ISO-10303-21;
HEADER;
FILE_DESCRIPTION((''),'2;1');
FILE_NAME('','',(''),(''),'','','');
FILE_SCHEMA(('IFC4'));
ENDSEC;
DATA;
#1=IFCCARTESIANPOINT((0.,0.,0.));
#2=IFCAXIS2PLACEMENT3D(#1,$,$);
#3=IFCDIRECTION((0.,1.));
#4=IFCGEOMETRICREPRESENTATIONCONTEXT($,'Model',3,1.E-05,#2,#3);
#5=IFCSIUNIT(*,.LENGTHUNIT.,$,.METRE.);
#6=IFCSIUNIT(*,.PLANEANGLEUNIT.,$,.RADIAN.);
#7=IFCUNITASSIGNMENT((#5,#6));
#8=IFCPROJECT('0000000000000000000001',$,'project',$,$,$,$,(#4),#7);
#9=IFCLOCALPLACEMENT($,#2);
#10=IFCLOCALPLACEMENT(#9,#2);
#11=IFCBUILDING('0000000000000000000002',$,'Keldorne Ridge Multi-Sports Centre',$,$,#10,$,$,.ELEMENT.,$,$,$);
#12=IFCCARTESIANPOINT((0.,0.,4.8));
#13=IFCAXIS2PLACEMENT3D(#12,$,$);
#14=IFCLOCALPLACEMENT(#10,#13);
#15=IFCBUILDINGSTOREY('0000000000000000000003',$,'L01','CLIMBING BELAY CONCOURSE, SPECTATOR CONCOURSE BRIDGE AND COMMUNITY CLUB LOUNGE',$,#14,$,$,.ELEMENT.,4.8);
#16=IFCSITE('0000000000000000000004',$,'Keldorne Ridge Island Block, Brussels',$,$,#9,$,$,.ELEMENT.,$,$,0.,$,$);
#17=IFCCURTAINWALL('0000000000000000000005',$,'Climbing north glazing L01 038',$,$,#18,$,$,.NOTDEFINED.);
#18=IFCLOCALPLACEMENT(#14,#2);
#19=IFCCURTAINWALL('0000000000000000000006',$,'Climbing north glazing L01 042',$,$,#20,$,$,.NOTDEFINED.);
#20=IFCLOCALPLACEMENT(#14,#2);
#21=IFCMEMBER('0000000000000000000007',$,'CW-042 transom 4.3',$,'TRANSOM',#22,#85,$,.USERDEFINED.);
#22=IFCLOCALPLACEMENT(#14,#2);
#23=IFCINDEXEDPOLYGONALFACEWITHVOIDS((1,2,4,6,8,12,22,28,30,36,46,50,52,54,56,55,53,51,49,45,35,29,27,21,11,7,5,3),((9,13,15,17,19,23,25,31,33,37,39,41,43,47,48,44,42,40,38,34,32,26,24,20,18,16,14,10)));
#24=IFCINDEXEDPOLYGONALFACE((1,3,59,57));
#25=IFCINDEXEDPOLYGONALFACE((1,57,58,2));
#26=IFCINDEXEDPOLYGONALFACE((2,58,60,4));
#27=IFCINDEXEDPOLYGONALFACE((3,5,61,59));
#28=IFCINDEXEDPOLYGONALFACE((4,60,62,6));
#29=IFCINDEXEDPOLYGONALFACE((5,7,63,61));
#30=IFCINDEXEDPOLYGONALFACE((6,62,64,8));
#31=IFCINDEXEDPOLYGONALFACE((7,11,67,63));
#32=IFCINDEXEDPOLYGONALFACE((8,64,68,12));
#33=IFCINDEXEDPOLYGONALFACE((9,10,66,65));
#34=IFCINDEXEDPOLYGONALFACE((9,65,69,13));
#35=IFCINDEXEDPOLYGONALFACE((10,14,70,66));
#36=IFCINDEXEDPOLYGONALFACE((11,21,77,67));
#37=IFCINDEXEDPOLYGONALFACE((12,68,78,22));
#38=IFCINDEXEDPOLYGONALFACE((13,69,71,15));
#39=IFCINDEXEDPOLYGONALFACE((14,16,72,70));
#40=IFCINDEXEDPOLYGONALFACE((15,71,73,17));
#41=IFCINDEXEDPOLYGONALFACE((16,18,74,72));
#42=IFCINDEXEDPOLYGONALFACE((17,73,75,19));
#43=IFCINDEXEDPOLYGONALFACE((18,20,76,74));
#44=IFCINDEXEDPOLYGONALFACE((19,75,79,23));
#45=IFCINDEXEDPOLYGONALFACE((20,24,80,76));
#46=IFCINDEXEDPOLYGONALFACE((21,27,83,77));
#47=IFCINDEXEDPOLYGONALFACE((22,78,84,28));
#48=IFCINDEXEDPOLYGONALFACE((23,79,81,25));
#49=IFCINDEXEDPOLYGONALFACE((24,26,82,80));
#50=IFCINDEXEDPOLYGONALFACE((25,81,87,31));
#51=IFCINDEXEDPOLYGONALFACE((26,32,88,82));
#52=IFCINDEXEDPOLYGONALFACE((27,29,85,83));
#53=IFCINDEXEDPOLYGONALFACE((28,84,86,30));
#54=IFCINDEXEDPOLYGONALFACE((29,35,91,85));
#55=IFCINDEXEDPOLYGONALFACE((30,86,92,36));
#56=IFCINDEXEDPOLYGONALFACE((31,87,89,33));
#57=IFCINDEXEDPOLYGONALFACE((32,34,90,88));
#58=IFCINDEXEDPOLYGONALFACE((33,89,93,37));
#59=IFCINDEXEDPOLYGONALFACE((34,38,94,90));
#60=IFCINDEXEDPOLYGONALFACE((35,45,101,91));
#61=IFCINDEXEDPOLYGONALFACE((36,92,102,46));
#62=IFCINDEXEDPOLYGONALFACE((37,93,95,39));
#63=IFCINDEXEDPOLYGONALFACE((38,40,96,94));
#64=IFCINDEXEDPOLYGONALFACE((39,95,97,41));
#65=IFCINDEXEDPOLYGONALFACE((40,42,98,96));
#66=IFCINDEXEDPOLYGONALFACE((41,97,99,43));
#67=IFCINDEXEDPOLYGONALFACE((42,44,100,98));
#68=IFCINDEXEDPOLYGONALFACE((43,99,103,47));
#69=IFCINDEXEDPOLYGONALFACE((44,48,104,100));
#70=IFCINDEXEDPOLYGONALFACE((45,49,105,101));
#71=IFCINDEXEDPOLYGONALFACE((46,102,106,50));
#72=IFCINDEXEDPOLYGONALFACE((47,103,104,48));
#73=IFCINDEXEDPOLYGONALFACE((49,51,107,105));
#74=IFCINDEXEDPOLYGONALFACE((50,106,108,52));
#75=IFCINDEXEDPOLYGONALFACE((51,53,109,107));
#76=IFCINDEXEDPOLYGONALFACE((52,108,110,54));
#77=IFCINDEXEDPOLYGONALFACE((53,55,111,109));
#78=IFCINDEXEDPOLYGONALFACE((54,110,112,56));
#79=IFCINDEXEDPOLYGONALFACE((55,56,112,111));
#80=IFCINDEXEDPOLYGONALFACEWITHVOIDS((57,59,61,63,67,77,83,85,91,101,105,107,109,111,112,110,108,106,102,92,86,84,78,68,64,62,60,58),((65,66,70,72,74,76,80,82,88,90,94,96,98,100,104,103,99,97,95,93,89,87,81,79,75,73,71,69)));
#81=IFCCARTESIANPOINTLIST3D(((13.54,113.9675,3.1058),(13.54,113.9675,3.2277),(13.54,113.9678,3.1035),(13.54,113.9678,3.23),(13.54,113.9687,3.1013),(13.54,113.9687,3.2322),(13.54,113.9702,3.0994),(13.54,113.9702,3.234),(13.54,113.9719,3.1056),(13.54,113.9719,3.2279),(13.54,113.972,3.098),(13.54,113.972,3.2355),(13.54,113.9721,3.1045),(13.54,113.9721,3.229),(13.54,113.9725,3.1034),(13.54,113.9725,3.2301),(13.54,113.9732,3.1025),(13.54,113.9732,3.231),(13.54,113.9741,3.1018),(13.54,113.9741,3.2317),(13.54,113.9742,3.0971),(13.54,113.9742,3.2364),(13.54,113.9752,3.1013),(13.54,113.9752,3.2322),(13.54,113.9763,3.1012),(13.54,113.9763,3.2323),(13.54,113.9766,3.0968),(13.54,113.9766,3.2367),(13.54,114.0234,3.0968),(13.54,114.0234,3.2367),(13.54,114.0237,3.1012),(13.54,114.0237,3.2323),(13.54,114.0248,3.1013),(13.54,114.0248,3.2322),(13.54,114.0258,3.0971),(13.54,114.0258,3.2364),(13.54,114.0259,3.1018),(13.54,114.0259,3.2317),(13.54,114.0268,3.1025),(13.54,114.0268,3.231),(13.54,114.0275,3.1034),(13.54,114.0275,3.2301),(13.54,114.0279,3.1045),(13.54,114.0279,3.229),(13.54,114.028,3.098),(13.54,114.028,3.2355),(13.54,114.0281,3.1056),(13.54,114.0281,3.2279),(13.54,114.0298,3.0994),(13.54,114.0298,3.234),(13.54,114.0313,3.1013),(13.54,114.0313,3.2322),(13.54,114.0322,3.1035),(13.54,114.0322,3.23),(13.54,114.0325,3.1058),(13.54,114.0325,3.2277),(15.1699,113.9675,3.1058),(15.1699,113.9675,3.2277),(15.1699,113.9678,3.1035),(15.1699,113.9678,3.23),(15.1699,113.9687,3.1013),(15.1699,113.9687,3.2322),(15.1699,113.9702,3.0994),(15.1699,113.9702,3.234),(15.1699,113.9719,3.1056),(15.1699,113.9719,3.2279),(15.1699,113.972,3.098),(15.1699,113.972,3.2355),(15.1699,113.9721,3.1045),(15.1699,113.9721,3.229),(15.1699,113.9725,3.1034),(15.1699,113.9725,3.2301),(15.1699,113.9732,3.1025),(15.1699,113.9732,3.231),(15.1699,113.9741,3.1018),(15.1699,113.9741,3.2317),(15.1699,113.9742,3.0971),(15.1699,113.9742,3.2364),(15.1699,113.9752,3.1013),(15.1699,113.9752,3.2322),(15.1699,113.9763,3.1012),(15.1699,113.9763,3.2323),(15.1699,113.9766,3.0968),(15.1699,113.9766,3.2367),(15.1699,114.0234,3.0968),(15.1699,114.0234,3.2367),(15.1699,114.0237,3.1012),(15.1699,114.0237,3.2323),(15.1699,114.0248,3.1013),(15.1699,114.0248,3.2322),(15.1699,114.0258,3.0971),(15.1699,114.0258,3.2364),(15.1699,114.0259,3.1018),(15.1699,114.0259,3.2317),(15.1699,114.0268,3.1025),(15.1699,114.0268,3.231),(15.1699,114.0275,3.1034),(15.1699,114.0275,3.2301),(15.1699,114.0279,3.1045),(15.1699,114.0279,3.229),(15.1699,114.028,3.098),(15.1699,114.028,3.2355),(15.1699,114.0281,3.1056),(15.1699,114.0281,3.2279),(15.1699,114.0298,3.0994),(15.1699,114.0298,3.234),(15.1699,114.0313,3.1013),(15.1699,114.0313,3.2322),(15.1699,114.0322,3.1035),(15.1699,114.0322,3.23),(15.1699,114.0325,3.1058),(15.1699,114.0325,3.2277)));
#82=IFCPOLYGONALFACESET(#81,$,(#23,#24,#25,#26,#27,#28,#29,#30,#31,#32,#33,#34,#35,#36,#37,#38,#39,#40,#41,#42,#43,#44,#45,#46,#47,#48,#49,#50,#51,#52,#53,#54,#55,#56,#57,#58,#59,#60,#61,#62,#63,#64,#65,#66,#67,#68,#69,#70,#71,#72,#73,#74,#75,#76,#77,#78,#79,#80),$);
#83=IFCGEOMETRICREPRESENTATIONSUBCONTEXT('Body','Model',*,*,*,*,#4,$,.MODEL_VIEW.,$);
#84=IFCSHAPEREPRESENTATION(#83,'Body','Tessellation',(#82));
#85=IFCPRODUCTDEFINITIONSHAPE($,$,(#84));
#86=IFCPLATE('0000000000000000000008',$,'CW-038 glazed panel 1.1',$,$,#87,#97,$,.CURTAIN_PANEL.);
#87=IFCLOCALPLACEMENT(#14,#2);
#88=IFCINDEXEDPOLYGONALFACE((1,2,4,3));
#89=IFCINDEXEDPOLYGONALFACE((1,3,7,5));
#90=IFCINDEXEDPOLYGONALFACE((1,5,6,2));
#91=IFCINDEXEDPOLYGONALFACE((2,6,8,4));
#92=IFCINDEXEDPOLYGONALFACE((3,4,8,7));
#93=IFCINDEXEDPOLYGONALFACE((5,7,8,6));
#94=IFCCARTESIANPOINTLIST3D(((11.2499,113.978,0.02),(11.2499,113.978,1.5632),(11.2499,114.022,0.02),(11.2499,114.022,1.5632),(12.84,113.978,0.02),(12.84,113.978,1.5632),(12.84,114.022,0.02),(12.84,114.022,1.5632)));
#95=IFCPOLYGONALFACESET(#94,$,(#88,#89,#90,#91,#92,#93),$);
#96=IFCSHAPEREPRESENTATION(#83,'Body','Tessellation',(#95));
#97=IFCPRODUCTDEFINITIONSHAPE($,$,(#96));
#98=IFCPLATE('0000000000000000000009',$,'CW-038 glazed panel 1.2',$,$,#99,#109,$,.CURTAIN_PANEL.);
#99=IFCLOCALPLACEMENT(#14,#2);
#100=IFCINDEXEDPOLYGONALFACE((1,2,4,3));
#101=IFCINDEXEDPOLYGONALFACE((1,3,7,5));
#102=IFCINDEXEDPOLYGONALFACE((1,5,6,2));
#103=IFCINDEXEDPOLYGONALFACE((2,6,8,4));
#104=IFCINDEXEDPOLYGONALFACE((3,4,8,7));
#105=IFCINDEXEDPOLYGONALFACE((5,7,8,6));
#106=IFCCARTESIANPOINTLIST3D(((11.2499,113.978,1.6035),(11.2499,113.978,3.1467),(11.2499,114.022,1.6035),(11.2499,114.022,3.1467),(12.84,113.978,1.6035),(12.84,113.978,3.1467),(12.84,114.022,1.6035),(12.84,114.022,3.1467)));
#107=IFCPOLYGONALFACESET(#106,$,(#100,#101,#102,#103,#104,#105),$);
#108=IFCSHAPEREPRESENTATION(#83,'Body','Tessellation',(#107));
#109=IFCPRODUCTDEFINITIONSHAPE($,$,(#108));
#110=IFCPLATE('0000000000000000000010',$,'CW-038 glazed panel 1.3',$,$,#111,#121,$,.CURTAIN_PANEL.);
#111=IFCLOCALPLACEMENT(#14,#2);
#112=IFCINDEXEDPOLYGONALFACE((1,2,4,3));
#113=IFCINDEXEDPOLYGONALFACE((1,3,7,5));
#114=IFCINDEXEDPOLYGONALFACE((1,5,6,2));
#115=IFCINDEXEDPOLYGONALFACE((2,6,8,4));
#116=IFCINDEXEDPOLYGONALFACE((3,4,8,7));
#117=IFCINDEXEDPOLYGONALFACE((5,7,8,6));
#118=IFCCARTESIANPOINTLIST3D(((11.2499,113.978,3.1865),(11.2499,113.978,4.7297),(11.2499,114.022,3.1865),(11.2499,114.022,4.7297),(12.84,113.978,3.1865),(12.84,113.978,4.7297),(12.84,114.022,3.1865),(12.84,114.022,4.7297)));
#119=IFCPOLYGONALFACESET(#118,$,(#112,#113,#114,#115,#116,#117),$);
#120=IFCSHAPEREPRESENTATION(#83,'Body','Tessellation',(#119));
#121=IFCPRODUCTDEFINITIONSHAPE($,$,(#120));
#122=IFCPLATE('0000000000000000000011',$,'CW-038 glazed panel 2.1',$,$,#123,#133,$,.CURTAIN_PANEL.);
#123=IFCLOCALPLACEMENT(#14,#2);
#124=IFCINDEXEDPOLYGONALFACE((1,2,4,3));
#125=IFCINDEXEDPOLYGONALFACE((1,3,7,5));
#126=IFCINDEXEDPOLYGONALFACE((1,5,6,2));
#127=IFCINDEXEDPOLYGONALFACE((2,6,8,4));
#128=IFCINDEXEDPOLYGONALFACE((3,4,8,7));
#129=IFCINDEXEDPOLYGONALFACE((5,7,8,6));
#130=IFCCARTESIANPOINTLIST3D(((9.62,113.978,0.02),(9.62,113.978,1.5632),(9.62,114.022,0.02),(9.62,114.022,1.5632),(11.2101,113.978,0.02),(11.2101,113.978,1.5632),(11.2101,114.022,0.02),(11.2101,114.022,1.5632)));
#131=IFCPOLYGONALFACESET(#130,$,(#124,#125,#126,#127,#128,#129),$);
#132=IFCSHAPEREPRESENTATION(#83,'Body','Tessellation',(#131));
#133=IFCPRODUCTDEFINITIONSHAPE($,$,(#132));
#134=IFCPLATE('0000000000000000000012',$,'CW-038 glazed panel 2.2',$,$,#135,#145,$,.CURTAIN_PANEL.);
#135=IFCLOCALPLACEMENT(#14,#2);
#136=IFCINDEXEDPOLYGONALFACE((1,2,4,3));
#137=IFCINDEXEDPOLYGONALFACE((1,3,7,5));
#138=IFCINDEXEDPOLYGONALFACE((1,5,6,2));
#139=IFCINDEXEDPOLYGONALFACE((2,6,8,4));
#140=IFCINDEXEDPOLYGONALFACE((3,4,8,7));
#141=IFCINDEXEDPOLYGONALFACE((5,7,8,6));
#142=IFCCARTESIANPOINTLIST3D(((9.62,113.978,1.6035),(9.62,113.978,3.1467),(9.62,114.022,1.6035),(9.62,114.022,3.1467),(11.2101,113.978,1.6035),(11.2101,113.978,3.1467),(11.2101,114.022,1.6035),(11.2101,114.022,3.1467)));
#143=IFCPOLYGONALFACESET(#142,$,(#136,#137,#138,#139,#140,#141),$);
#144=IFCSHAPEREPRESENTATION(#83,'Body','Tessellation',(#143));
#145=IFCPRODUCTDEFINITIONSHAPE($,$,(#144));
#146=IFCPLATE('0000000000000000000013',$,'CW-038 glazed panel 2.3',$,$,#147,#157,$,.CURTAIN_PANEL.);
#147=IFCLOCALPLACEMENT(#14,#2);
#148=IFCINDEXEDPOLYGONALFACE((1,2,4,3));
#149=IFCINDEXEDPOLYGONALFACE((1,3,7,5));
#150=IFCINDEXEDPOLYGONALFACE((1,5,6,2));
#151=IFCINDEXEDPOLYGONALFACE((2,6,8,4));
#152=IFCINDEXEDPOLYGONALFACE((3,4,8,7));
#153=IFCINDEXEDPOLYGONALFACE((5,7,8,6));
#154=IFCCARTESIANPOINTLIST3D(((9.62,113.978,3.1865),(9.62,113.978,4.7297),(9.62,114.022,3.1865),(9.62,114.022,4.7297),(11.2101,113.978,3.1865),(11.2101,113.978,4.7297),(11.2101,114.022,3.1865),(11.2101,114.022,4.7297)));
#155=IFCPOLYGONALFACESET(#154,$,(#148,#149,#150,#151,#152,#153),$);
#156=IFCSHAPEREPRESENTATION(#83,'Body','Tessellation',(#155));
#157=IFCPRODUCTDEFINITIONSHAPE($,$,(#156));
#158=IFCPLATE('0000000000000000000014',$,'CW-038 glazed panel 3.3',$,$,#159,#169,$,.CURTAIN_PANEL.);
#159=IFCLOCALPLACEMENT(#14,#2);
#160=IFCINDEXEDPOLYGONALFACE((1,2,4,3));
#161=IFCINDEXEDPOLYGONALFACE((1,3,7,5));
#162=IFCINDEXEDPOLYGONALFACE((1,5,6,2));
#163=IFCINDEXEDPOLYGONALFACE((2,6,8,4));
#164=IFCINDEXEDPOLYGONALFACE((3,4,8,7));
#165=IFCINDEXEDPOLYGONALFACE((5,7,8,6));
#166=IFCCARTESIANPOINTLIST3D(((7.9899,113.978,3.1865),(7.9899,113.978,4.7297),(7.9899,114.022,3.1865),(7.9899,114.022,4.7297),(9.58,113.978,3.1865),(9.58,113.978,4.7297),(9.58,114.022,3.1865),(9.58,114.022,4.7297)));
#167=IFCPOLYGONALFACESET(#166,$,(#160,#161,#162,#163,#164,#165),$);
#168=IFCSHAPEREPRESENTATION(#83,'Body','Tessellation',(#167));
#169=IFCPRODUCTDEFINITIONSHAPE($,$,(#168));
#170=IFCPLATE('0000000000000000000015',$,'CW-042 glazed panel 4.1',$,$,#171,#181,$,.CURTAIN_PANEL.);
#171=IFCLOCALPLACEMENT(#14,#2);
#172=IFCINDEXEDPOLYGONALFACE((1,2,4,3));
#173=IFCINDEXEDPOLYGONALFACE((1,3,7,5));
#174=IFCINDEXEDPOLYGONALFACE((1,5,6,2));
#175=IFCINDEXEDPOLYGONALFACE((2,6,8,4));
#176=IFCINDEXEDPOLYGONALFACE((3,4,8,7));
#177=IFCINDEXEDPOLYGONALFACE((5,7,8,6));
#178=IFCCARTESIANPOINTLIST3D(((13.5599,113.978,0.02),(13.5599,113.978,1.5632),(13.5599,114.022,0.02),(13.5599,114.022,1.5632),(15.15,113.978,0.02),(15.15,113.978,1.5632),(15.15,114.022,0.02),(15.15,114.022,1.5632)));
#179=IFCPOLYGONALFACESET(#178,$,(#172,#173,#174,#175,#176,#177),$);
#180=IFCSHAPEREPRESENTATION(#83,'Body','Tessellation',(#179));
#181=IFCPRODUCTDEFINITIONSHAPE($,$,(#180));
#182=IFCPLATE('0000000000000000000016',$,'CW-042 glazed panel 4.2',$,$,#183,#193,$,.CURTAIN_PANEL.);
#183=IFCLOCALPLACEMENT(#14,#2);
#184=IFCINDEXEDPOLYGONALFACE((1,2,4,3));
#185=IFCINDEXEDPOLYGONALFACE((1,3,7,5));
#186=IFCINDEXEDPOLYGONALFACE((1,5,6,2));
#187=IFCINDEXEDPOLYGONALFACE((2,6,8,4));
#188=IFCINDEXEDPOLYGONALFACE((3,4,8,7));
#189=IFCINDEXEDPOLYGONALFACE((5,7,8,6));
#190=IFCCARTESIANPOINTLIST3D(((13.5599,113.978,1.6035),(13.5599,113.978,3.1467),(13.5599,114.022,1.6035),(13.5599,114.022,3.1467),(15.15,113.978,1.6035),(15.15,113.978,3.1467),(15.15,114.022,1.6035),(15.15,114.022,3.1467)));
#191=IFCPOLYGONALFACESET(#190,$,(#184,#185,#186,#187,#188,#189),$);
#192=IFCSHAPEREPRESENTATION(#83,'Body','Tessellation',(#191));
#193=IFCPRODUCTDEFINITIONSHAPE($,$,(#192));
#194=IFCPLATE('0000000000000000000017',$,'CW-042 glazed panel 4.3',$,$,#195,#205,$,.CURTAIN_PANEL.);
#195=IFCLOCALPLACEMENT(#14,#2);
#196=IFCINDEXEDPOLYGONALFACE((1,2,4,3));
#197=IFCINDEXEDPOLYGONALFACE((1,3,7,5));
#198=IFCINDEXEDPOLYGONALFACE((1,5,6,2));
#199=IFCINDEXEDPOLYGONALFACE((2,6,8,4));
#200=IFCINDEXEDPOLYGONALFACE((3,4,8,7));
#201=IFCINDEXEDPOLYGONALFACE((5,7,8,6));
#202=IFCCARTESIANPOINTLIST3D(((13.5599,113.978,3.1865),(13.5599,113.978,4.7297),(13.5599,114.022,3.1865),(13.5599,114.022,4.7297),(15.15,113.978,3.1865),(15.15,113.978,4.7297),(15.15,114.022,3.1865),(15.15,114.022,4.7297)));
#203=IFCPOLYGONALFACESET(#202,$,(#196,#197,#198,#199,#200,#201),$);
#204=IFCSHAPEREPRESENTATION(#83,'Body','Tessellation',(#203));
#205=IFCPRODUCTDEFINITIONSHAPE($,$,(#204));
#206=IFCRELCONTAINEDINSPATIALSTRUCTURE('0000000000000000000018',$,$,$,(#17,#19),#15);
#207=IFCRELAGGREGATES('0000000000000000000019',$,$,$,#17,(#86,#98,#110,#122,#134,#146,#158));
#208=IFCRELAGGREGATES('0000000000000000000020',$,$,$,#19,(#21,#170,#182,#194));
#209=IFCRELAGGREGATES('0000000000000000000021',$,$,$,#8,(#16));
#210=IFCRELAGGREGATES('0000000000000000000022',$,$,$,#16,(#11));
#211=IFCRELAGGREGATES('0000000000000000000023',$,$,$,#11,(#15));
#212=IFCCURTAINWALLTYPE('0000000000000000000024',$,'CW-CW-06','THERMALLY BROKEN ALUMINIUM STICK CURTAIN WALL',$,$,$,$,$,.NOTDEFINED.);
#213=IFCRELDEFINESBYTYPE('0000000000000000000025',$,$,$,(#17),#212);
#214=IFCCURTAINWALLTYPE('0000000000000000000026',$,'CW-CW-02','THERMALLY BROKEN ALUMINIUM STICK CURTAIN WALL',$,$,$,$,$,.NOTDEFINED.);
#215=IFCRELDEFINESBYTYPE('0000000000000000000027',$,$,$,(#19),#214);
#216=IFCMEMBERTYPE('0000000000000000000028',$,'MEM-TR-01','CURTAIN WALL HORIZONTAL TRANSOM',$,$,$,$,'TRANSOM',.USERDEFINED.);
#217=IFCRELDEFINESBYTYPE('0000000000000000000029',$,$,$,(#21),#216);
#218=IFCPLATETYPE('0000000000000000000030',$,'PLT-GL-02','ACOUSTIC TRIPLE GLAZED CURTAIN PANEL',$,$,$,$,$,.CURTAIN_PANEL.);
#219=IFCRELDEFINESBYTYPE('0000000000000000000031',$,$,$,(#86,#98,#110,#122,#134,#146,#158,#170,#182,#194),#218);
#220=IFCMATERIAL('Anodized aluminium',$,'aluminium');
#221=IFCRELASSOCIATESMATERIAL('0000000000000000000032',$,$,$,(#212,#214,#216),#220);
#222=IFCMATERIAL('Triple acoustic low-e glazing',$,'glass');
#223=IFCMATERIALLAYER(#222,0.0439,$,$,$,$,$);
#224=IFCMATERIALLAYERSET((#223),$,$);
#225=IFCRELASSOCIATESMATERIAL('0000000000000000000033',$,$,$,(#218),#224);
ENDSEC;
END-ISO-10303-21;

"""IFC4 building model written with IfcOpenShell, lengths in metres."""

from ifc_helpers import new_model, si_unit, direction, frame, origin, origin_2d, place, context, subcontext, project, spatial, rectangle, hollow_rectangle, extrude, material, layer, layer_set, material_profile, profile_set, type_object, element, aggregate, save


model = new_model("IFC4")

# Units and contexts
model_context = context("Model", 3, precision=1e-05, world=origin(), true_north=direction((0.0, 1.0)))
body_context = subcontext(model_context, "Body", "Model", "MODEL_VIEW")
ifc_project = project(units=[si_unit("LENGTHUNIT", "METRE"), si_unit("PLANEANGLEUNIT", "RADIAN")], contexts=[model_context])

# Site, building, storey
site_placement = place(None, origin())
site = spatial("IfcSite", under=ifc_project, at=site_placement, Name="Keldorne Ridge Island Block, Brussels", CompositionType="ELEMENT", RefElevation=0.0)
building_placement = place(site_placement, origin())
building = spatial("IfcBuilding", under=site, at=building_placement, Name="Keldorne Ridge Multi-Sports Centre", CompositionType="ELEMENT")
storey_placement = place(building_placement, frame((0.0, 0.0, 4.8)))
storey = spatial("IfcBuildingStorey", under=building, at=storey_placement, Name="L01", Description="CLIMBING BELAY CONCOURSE, SPECTATOR CONCOURSE BRIDGE AND COMMUNITY CLUB LOUNGE", CompositionType="ELEMENT", Elevation=4.8)

# Curtain walls
ifc_material_1 = material(Name="Anodized aluminium", Category="aluminium")
curtain_wall_type_1 = type_object("IfcCurtainWallType", Name="CW-CW-06", Description="THERMALLY BROKEN ALUMINIUM STICK CURTAIN WALL", PredefinedType="NOTDEFINED", material=ifc_material_1)
curtain_wall_1_placement = place(storey_placement, origin())
curtain_wall_1 = element("IfcCurtainWall", 1, at=curtain_wall_1_placement, inside=storey, type_object=curtain_wall_type_1, Name="Climbing north glazing L01 038", PredefinedType="NOTDEFINED")
curtain_wall_type_2 = type_object("IfcCurtainWallType", Name="CW-CW-02", Description="THERMALLY BROKEN ALUMINIUM STICK CURTAIN WALL", PredefinedType="NOTDEFINED", material=ifc_material_1)
curtain_wall_2_placement = place(storey_placement, origin())
curtain_wall_2 = element("IfcCurtainWall", 2, at=curtain_wall_2_placement, inside=storey, type_object=curtain_wall_type_2, Name="Climbing north glazing L01 042", PredefinedType="NOTDEFINED")

# Member
ifc_material_profile_1 = material_profile(ifc_material_1, hollow_rectangle(XDim=0.0649, YDim=0.1399, WallThickness=0.0044, InnerFilletRadius=0.0044, OuterFilletRadius=0.009, at=origin_2d()), Name="ALU TRANSOM 140x65x4.5")
ifc_profile_set_1 = profile_set([ifc_material_profile_1], Name="Anodized aluminium")
member_type_1 = type_object("IfcMemberType", Name="MEM-TR-01", Description="CURTAIN WALL HORIZONTAL TRANSOM", ElementType="TRANSOM", PredefinedType="USERDEFINED", material=ifc_profile_set_1)
member_1_placement = place(storey_placement, frame((15.1699, 114.0, 3.1667), z_axis=(-1.0, 0.0, 0.0), x_axis=(0.0, -1.0, 0.0)))
member_1 = element("IfcMember", 3, at=member_1_placement, type_object=member_type_1, Name="CW-042 transom 4.3", ObjectType="TRANSOM", PredefinedType="USERDEFINED", context=body_context, shape_type="SweptSolid", body=[
    extrude(hollow_rectangle(XDim=0.0649, YDim=0.1399, WallThickness=0.0044, InnerFilletRadius=0.0044, OuterFilletRadius=0.009, at=origin_2d()), origin(), (0.0, 0.0, 1.0), 1.6299),
])

# Plates
ifc_material_2 = material(Name="Triple acoustic low-e glazing", Category="glass")
ifc_layer = layer(ifc_material_2, 0.0439)
ifc_layer_set = layer_set([ifc_layer])
plate_type = type_object("IfcPlateType", Name="PLT-GL-02", Description="ACOUSTIC TRIPLE GLAZED CURTAIN PANEL", PredefinedType="CURTAIN_PANEL", material=ifc_layer_set)
plate_1_placement = place(storey_placement, frame((12.0449, 114.0, 0.02), z_axis=(0.0, 0.0, 1.0), x_axis=(-1.0, 0.0, 0.0)))
plate_1 = element("IfcPlate", 4, at=plate_1_placement, type_object=plate_type, Name="CW-038 glazed panel 1.1", PredefinedType="CURTAIN_PANEL", context=body_context, shape_type="SweptSolid", body=[
    extrude(rectangle(XDim=1.5901, YDim=0.0439, at=origin_2d()), origin(), (0.0, 0.0, 1.0), 1.5432),
])
plate_2_placement = place(storey_placement, frame((12.0449, 114.0, 1.6035), z_axis=(0.0, 0.0, 1.0), x_axis=(-1.0, 0.0, 0.0)))
plate_2 = element("IfcPlate", 5, at=plate_2_placement, type_object=plate_type, Name="CW-038 glazed panel 1.2", PredefinedType="CURTAIN_PANEL", context=body_context, shape_type="SweptSolid", body=[
    extrude(rectangle(XDim=1.5901, YDim=0.0439, at=origin_2d()), origin(), (0.0, 0.0, 1.0), 1.5432),
])
plate_3_placement = place(storey_placement, frame((12.0449, 114.0, 3.1865), z_axis=(0.0, 0.0, 1.0), x_axis=(-1.0, 0.0, 0.0)))
plate_3 = element("IfcPlate", 6, at=plate_3_placement, type_object=plate_type, Name="CW-038 glazed panel 1.3", PredefinedType="CURTAIN_PANEL", context=body_context, shape_type="SweptSolid", body=[
    extrude(rectangle(XDim=1.5901, YDim=0.0439, at=origin_2d()), origin(), (0.0, 0.0, 1.0), 1.5432),
])
plate_4_placement = place(storey_placement, frame((10.415, 114.0, 0.02), z_axis=(0.0, 0.0, 1.0), x_axis=(-1.0, 0.0, 0.0)))
plate_4 = element("IfcPlate", 7, at=plate_4_placement, type_object=plate_type, Name="CW-038 glazed panel 2.1", PredefinedType="CURTAIN_PANEL", context=body_context, shape_type="SweptSolid", body=[
    extrude(rectangle(XDim=1.5901, YDim=0.0439, at=origin_2d()), origin(), (0.0, 0.0, 1.0), 1.5432),
])
plate_5_placement = place(storey_placement, frame((10.415, 114.0, 1.6035), z_axis=(0.0, 0.0, 1.0), x_axis=(-1.0, 0.0, 0.0)))
plate_5 = element("IfcPlate", 8, at=plate_5_placement, type_object=plate_type, Name="CW-038 glazed panel 2.2", PredefinedType="CURTAIN_PANEL", context=body_context, shape_type="SweptSolid", body=[
    extrude(rectangle(XDim=1.5901, YDim=0.0439, at=origin_2d()), origin(), (0.0, 0.0, 1.0), 1.5432),
])
plate_6_placement = place(storey_placement, frame((10.415, 114.0, 3.1865), z_axis=(0.0, 0.0, 1.0), x_axis=(-1.0, 0.0, 0.0)))
plate_6 = element("IfcPlate", 9, at=plate_6_placement, type_object=plate_type, Name="CW-038 glazed panel 2.3", PredefinedType="CURTAIN_PANEL", context=body_context, shape_type="SweptSolid", body=[
    extrude(rectangle(XDim=1.5901, YDim=0.0439, at=origin_2d()), origin(), (0.0, 0.0, 1.0), 1.5432),
])
plate_7_placement = place(storey_placement, frame((8.7849, 114.0, 3.1865), z_axis=(0.0, 0.0, 1.0), x_axis=(-1.0, 0.0, 0.0)))
plate_7 = element("IfcPlate", 10, at=plate_7_placement, type_object=plate_type, Name="CW-038 glazed panel 3.3", PredefinedType="CURTAIN_PANEL", context=body_context, shape_type="SweptSolid", body=[
    extrude(rectangle(XDim=1.5901, YDim=0.0439, at=origin_2d()), origin(), (0.0, 0.0, 1.0), 1.5432),
])
aggregate(curtain_wall_1, [plate_1, plate_2, plate_3, plate_4, plate_5, plate_6, plate_7])
plate_8_placement = place(storey_placement, frame((14.355, 114.0, 0.02), z_axis=(0.0, 0.0, 1.0), x_axis=(-1.0, 0.0, 0.0)))
plate_8 = element("IfcPlate", 11, at=plate_8_placement, type_object=plate_type, Name="CW-042 glazed panel 4.1", PredefinedType="CURTAIN_PANEL", context=body_context, shape_type="SweptSolid", body=[
    extrude(rectangle(XDim=1.5901, YDim=0.0439, at=origin_2d()), origin(), (0.0, 0.0, 1.0), 1.5432),
])
plate_9_placement = place(storey_placement, frame((14.355, 114.0, 1.6035), z_axis=(0.0, 0.0, 1.0), x_axis=(-1.0, 0.0, 0.0)))
plate_9 = element("IfcPlate", 12, at=plate_9_placement, type_object=plate_type, Name="CW-042 glazed panel 4.2", PredefinedType="CURTAIN_PANEL", context=body_context, shape_type="SweptSolid", body=[
    extrude(rectangle(XDim=1.5901, YDim=0.0439, at=origin_2d()), origin(), (0.0, 0.0, 1.0), 1.5432),
])
plate_10_placement = place(storey_placement, frame((14.355, 114.0, 3.1865), z_axis=(0.0, 0.0, 1.0), x_axis=(-1.0, 0.0, 0.0)))
plate_10 = element("IfcPlate", 13, at=plate_10_placement, type_object=plate_type, Name="CW-042 glazed panel 4.3", PredefinedType="CURTAIN_PANEL", context=body_context, shape_type="SweptSolid", body=[
    extrude(rectangle(XDim=1.5901, YDim=0.0439, at=origin_2d()), origin(), (0.0, 0.0, 1.0), 1.5432),
])
aggregate(curtain_wall_2, [member_1, plate_8, plate_9, plate_10])

save(model, "model.ifc")
